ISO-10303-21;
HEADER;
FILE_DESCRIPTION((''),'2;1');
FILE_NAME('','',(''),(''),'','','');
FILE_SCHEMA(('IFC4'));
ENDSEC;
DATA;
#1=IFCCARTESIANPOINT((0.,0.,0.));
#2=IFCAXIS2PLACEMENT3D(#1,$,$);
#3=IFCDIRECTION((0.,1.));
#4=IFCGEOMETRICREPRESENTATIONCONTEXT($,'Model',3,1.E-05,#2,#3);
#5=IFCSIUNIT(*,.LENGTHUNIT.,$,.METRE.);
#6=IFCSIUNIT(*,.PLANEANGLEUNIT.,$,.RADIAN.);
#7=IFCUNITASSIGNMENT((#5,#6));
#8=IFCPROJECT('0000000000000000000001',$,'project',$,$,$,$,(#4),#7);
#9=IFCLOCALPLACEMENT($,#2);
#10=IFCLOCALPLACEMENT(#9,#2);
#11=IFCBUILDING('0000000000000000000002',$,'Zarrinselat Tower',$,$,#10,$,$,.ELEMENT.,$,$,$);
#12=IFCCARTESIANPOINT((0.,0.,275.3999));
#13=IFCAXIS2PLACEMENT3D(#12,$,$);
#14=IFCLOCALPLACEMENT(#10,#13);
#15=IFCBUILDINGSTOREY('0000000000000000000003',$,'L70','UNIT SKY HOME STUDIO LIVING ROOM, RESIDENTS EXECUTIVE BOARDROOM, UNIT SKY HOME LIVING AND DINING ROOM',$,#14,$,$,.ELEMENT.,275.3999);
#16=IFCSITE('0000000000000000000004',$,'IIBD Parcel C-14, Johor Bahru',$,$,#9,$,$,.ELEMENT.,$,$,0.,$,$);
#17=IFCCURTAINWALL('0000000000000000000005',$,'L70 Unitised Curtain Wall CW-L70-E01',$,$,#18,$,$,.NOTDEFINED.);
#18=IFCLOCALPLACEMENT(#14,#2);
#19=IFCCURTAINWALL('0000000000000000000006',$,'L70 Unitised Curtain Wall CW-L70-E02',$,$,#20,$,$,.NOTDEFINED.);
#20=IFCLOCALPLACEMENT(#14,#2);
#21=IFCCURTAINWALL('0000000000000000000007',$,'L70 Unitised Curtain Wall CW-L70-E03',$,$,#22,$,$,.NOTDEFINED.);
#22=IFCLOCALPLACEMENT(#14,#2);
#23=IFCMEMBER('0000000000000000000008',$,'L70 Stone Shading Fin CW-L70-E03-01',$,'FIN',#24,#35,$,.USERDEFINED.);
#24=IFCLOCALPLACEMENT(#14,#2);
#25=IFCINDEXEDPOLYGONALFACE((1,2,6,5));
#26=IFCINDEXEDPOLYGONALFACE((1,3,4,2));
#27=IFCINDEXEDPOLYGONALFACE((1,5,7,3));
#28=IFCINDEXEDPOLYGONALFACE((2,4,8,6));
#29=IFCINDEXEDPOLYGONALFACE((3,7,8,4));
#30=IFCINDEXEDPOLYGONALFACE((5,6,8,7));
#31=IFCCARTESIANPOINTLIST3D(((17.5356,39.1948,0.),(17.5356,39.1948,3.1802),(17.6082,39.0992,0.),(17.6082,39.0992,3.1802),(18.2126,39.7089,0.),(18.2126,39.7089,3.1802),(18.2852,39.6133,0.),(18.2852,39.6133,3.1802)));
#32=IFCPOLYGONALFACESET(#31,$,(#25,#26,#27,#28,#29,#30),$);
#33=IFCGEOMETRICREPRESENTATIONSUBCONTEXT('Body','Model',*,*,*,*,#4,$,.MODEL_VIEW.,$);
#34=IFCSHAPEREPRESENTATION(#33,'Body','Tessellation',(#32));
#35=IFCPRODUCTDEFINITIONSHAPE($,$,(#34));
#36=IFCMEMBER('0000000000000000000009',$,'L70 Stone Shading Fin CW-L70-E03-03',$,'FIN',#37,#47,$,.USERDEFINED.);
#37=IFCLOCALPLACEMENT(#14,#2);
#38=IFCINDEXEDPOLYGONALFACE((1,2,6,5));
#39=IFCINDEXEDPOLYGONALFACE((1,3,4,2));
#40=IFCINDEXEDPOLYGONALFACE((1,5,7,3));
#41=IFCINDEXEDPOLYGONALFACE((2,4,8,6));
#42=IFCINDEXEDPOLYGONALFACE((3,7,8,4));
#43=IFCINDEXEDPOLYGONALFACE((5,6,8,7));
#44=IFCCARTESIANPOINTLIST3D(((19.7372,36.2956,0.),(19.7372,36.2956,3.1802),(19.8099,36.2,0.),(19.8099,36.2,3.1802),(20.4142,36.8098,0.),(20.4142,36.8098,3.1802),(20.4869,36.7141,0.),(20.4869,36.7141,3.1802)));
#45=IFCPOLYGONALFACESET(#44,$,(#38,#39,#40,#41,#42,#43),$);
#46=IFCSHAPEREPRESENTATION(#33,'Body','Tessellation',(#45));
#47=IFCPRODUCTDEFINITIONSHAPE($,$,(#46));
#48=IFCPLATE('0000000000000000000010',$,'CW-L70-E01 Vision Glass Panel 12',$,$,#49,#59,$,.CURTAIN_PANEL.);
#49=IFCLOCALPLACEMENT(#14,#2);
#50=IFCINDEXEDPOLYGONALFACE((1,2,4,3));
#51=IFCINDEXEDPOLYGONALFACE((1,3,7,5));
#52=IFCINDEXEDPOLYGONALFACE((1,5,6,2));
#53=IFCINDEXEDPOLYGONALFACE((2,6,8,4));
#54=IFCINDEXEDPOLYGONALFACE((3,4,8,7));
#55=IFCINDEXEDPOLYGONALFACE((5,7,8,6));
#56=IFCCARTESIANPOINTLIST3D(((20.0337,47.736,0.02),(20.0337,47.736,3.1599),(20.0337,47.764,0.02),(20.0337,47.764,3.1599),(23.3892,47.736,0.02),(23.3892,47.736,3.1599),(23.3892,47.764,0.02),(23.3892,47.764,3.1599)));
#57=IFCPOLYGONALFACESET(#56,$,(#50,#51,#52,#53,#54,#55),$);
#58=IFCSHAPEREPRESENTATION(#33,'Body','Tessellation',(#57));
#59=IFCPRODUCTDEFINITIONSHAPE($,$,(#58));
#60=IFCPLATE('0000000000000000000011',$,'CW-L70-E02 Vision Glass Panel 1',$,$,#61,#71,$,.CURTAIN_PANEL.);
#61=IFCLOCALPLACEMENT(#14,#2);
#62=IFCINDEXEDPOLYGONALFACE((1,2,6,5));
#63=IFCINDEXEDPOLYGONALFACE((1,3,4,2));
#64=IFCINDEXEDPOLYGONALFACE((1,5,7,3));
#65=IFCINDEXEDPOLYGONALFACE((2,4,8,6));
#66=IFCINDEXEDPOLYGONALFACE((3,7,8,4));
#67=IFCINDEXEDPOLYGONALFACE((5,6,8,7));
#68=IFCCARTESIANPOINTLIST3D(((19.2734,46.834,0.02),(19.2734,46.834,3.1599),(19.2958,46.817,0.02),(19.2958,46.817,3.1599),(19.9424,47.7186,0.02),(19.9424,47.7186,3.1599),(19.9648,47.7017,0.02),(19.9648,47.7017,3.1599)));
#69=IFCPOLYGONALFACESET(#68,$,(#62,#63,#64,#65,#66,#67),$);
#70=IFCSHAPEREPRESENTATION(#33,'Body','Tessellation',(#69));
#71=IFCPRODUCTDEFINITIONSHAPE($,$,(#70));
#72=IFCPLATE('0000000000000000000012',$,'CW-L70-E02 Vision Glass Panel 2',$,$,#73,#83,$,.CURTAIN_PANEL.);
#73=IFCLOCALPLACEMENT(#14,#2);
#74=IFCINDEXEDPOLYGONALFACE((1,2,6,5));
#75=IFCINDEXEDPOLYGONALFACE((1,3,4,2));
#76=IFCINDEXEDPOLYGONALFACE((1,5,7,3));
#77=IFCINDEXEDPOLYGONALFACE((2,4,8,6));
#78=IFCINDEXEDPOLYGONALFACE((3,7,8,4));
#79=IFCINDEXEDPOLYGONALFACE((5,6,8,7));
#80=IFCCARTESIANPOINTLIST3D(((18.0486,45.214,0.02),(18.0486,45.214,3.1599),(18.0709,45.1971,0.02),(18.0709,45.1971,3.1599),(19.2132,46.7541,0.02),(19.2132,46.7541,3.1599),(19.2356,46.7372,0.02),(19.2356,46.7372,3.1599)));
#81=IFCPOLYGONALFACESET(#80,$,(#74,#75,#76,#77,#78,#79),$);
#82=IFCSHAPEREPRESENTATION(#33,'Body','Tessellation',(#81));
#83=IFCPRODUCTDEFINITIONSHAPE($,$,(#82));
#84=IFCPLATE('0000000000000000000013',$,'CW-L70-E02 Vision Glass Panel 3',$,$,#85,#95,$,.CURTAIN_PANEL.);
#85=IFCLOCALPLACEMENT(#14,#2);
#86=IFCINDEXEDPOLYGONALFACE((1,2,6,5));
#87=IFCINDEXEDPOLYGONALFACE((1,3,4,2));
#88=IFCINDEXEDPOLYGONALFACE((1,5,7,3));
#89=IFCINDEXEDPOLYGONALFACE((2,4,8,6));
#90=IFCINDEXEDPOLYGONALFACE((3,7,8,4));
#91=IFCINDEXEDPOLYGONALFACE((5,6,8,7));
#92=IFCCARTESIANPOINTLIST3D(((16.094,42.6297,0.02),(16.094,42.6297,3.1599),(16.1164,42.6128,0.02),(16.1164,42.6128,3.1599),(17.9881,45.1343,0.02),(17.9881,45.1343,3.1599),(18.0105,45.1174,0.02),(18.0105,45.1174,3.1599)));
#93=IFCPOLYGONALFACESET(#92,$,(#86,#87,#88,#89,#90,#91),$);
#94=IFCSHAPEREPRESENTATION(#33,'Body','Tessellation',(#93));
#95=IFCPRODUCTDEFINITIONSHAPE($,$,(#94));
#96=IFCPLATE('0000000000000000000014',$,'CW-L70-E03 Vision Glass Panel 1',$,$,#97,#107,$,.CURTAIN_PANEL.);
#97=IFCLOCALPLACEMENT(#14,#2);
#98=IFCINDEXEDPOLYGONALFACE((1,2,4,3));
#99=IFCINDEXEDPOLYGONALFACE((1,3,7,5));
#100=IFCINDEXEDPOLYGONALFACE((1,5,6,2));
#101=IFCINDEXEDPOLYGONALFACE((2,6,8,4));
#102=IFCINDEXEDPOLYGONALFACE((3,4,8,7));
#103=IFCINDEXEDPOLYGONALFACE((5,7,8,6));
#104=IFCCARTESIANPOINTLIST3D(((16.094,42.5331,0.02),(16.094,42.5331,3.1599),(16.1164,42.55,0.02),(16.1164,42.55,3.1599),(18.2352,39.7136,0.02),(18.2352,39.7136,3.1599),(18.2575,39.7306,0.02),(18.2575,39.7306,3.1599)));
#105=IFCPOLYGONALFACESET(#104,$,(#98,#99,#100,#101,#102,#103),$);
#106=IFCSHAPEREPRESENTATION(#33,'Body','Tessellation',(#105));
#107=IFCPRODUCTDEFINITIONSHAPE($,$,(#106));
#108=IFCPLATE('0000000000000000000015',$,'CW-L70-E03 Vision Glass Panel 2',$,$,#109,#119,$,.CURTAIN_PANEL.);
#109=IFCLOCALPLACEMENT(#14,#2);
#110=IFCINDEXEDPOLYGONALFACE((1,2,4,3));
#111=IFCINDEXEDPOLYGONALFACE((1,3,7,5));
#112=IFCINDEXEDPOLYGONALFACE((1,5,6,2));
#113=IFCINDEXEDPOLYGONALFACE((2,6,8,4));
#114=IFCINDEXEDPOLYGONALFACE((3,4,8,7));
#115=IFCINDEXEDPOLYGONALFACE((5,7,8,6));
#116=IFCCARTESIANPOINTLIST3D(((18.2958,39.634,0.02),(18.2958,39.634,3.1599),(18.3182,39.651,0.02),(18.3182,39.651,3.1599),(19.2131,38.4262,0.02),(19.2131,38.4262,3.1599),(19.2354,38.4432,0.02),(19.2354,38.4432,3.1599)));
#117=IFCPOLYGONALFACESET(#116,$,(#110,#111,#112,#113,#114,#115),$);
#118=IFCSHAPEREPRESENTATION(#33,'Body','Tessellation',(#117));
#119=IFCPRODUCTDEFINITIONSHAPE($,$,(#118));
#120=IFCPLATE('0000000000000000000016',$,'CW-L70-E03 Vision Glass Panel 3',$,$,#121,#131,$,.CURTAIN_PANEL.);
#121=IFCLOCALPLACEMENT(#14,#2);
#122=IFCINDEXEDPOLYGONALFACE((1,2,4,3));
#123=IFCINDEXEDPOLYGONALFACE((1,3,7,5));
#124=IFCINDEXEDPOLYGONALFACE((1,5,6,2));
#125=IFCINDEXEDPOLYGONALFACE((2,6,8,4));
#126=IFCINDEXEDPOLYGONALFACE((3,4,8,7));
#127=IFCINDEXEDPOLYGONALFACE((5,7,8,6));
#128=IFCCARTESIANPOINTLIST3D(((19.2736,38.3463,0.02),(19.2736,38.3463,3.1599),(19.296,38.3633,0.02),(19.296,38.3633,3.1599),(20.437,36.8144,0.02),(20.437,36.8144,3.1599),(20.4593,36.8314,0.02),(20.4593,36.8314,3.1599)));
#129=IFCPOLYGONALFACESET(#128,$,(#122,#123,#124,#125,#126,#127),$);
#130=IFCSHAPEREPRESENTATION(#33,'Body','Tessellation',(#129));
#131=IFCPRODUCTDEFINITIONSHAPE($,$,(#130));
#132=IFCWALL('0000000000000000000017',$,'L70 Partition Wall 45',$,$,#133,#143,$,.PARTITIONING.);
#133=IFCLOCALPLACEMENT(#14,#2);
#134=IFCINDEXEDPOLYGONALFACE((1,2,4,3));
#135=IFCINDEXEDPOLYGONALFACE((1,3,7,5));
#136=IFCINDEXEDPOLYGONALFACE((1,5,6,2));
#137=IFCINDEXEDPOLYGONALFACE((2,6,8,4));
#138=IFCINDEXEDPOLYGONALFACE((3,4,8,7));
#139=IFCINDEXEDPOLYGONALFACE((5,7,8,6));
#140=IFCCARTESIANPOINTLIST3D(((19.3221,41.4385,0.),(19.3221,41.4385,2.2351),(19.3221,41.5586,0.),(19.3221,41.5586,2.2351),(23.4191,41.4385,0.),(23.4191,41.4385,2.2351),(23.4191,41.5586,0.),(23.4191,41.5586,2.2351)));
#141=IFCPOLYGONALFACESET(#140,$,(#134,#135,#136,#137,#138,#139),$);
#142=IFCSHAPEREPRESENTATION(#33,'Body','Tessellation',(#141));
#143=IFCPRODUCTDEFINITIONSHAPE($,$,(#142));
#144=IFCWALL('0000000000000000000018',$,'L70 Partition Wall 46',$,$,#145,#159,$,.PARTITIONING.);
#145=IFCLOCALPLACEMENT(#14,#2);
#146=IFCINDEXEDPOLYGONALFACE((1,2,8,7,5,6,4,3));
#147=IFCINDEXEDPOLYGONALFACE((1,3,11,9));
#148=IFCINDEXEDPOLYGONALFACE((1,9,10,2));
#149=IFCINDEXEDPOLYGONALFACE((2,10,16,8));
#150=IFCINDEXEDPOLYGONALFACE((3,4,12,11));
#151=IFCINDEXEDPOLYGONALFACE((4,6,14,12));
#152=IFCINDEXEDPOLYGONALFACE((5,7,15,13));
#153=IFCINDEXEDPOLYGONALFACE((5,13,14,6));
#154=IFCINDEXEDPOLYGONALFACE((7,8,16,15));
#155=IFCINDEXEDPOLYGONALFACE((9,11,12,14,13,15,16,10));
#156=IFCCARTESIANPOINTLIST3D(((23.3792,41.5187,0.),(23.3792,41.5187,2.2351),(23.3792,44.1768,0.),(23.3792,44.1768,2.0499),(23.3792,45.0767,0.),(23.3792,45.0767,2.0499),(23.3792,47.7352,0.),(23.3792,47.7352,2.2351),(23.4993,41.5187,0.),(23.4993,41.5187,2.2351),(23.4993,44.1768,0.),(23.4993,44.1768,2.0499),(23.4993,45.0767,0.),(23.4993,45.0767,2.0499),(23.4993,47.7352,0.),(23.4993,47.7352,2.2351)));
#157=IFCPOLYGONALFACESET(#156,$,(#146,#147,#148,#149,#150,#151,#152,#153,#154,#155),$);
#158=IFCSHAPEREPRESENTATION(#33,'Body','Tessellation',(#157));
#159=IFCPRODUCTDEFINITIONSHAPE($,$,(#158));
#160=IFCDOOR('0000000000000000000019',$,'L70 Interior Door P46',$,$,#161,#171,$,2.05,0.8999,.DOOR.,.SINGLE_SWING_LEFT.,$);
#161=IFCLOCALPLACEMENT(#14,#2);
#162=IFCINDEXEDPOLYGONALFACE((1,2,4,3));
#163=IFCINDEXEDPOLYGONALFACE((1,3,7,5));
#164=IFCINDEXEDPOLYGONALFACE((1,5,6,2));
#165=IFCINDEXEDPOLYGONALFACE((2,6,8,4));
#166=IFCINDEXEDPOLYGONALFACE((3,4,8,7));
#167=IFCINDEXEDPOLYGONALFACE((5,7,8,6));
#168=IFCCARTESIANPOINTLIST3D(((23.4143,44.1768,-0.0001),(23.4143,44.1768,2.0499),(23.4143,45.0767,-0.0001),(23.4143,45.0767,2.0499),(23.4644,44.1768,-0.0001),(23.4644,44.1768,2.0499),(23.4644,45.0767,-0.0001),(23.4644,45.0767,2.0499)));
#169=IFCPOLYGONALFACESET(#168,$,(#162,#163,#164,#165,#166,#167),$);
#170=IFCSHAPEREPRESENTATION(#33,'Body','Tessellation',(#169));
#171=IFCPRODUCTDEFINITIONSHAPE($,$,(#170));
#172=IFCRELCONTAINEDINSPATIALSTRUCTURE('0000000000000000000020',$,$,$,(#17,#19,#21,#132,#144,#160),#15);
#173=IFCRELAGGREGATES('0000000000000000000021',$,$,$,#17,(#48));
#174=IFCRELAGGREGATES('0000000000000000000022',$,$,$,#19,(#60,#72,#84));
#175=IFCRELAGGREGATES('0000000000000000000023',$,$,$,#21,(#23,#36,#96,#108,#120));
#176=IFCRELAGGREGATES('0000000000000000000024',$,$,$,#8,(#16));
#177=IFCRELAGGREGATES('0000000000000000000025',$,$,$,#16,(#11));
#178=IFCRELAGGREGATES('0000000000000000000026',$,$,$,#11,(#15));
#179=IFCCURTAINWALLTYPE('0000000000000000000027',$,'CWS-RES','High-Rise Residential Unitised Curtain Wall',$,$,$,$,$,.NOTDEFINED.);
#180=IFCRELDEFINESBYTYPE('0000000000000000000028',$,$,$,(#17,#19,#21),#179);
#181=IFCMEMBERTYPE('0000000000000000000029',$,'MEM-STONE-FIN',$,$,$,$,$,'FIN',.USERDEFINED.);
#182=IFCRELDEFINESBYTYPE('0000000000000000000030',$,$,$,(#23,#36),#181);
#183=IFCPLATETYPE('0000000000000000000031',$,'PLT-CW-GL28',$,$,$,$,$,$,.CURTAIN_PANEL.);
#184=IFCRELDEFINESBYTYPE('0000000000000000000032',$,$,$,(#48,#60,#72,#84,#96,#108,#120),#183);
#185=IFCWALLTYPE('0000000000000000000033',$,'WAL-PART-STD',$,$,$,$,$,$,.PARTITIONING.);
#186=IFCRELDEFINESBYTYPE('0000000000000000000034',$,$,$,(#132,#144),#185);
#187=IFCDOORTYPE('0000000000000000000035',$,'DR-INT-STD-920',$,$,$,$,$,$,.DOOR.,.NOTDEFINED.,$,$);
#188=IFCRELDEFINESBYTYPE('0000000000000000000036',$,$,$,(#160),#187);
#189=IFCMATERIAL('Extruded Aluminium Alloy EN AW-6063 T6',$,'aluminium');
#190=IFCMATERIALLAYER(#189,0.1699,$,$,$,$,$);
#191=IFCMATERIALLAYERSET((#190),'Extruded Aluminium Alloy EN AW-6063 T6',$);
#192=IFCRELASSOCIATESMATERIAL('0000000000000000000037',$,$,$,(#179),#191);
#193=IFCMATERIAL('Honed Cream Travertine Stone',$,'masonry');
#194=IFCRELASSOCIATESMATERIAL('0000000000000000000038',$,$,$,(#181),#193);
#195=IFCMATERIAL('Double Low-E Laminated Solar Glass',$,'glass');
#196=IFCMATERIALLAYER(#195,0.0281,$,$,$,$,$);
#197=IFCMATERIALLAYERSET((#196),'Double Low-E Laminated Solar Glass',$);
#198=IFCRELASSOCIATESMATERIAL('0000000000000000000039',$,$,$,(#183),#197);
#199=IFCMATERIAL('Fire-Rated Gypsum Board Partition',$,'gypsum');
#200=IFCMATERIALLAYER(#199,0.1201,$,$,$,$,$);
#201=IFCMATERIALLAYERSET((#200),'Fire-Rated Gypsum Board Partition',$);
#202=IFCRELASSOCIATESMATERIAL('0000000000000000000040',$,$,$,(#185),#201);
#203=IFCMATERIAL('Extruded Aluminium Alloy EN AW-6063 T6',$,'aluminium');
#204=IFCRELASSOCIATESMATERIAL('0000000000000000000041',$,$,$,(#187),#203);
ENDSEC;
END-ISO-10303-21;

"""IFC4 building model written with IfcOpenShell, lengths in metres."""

from ifc_helpers import new_model, si_unit, direction, frame, frame_2d, origin, origin_2d, place, context, subcontext, project, spatial, rectangle, extrude, material, layer, layer_set, material_profile, profile_set, type_object, element, fill, aggregate, save


model = new_model("IFC4")

# Units and contexts
model_context = context("Model", 3, precision=1e-05, world=origin(), true_north=direction((0.0, 1.0)))
body_context = subcontext(model_context, "Body", "Model", "MODEL_VIEW")
ifc_project = project(units=[si_unit("LENGTHUNIT", "METRE"), si_unit("PLANEANGLEUNIT", "RADIAN")], contexts=[model_context])

# Site, building, storey
site_placement = place(None, origin())
site = spatial("IfcSite", under=ifc_project, at=site_placement, Name="IIBD Parcel C-14, Johor Bahru", CompositionType="ELEMENT", RefElevation=0.0)
building_placement = place(site_placement, origin())
building = spatial("IfcBuilding", under=site, at=building_placement, Name="Zarrinselat Tower", CompositionType="ELEMENT")
storey_placement = place(building_placement, frame((0.0, 0.0, 275.3999)))
storey = spatial("IfcBuildingStorey", under=building, at=storey_placement, Name="L70", Description="UNIT SKY HOME STUDIO LIVING ROOM, RESIDENTS EXECUTIVE BOARDROOM, UNIT SKY HOME LIVING AND DINING ROOM", CompositionType="ELEMENT", Elevation=275.3999)

# Curtain walls
ifc_material_1 = material(Name="Extruded Aluminium Alloy EN AW-6063 T6", Category="aluminium")
ifc_layer_1 = layer(ifc_material_1, 0.1699)
ifc_layer_set_1 = layer_set([ifc_layer_1], Name="Extruded Aluminium Alloy EN AW-6063 T6")
curtain_wall_type = type_object("IfcCurtainWallType", Name="CWS-RES", Description="High-Rise Residential Unitised Curtain Wall", PredefinedType="NOTDEFINED", material=ifc_layer_set_1)
curtain_wall_1_placement = place(storey_placement, origin())
curtain_wall_1 = element("IfcCurtainWall", 1, at=curtain_wall_1_placement, inside=storey, type_object=curtain_wall_type, Name="L70 Unitised Curtain Wall CW-L70-E01", PredefinedType="NOTDEFINED")
curtain_wall_2_placement = place(storey_placement, origin())
curtain_wall_2 = element("IfcCurtainWall", 2, at=curtain_wall_2_placement, inside=storey, type_object=curtain_wall_type, Name="L70 Unitised Curtain Wall CW-L70-E02", PredefinedType="NOTDEFINED")
curtain_wall_3_placement = place(storey_placement, origin())
curtain_wall_3 = element("IfcCurtainWall", 3, at=curtain_wall_3_placement, inside=storey, type_object=curtain_wall_type, Name="L70 Unitised Curtain Wall CW-L70-E03", PredefinedType="NOTDEFINED")

# Members
ifc_material_2 = material(Name="Honed Cream Travertine Stone", Category="masonry")
ifc_material_profile_1 = material_profile(ifc_material_2, rectangle(XDim=0.1201, YDim=0.8501, at=origin_2d()), Name="FIN 850x120")
ifc_profile_set_1 = profile_set([ifc_material_profile_1], Name="Honed Cream Travertine Stone")
member_type_1 = type_object("IfcMemberType", Name="MEM-STONE-FIN", ElementType="FIN", PredefinedType="USERDEFINED", material=ifc_profile_set_1)
member_1_placement = place(storey_placement, frame((17.9104, 39.4041, 0.0), z_axis=(0.0, 0.0, 1.0), x_axis=(-0.604788, 0.796387, 0.0)))
member_1 = element("IfcMember", 4, at=member_1_placement, type_object=member_type_1, Name="L70 Stone Shading Fin CW-L70-E03-01", ObjectType="FIN", PredefinedType="USERDEFINED", context=body_context, shape_type="SweptSolid", body=[
    extrude(rectangle(XDim=0.1201, YDim=0.8501, at=origin_2d()), origin(), (0.0, 0.0, 1.0), 3.1802),
])
member_2_placement = place(storey_placement, frame((20.1121, 36.5049, 0.0), z_axis=(0.0, 0.0, 1.0), x_axis=(-0.604788, 0.796387, 0.0)))
member_2 = element("IfcMember", 5, at=member_2_placement, type_object=member_type_1, Name="L70 Stone Shading Fin CW-L70-E03-03", ObjectType="FIN", PredefinedType="USERDEFINED", context=body_context, shape_type="SweptSolid", body=[
    extrude(rectangle(XDim=0.1201, YDim=0.8501, at=origin_2d()), origin(), (0.0, 0.0, 1.0), 3.1802),
])

# Plates
ifc_material_3 = material(Name="Double Low-E Laminated Solar Glass", Category="glass")
ifc_layer_2 = layer(ifc_material_3, 0.0281)
ifc_layer_set_2 = layer_set([ifc_layer_2], Name="Double Low-E Laminated Solar Glass")
plate_type = type_object("IfcPlateType", Name="PLT-CW-GL28", PredefinedType="CURTAIN_PANEL", material=ifc_layer_set_2)
plate_1_placement = place(storey_placement, frame((21.7114, 47.75, 0.02), z_axis=(0.0, 0.0, 1.0), x_axis=(-1.0, 0.0, 0.0)))
plate_1 = element("IfcPlate", 6, at=plate_1_placement, type_object=plate_type, Name="CW-L70-E01 Vision Glass Panel 12", PredefinedType="CURTAIN_PANEL", context=body_context, shape_type="SweptSolid", body=[
    extrude(rectangle(XDim=3.3555, YDim=0.0281, at=origin_2d()), origin(), (0.0, 0.0, 1.0), 3.1399),
])
aggregate(curtain_wall_1, [plate_1])
plate_2_placement = place(storey_placement, frame((19.6191, 47.2678, 0.02), z_axis=(0.0, 0.0, 1.0), x_axis=(-0.60318, -0.797605, 0.0)))
plate_2 = element("IfcPlate", 7, at=plate_2_placement, type_object=plate_type, Name="CW-L70-E02 Vision Glass Panel 1", PredefinedType="CURTAIN_PANEL", context=body_context, shape_type="SweptSolid", body=[
    extrude(rectangle(XDim=1.1091, YDim=0.0281, at=origin_2d()), origin(), (0.0, 0.0, 1.0), 3.1399),
])
plate_3_placement = place(storey_placement, frame((18.6421, 45.9756, 0.02), z_axis=(0.0, 0.0, 1.0), x_axis=(-0.60318, -0.797605, 0.0)))
plate_3 = element("IfcPlate", 8, at=plate_3_placement, type_object=plate_type, Name="CW-L70-E02 Vision Glass Panel 2", PredefinedType="CURTAIN_PANEL", context=body_context, shape_type="SweptSolid", body=[
    extrude(rectangle(XDim=1.9309, YDim=0.0281, at=origin_2d()), origin(), (0.0, 0.0, 1.0), 3.1399),
])
plate_4_placement = place(storey_placement, frame((17.0522, 43.8735, 0.02), z_axis=(0.0, 0.0, 1.0), x_axis=(-0.60318, -0.797605, 0.0)))
plate_4 = element("IfcPlate", 9, at=plate_4_placement, type_object=plate_type, Name="CW-L70-E02 Vision Glass Panel 3", PredefinedType="CURTAIN_PANEL", context=body_context, shape_type="SweptSolid", body=[
    extrude(rectangle(XDim=3.1401, YDim=0.0281, at=origin_2d()), origin(), (0.0, 0.0, 1.0), 3.1399),
])
aggregate(curtain_wall_2, [plate_2, plate_3, plate_4])
plate_5_placement = place(storey_placement, frame((17.1758, 41.1318, 0.02), z_axis=(0.0, 0.0, 1.0), x_axis=(0.604788, -0.796387, 0.0)))
plate_5 = element("IfcPlate", 10, at=plate_5_placement, type_object=plate_type, Name="CW-L70-E03 Vision Glass Panel 1", PredefinedType="CURTAIN_PANEL", context=body_context, shape_type="SweptSolid", body=[
    extrude(rectangle(XDim=3.5403, YDim=0.0281, at=origin_2d()), origin(), (0.0, 0.0, 1.0), 3.1399),
])
plate_6_placement = place(storey_placement, frame((18.7656, 39.0386, 0.02), z_axis=(0.0, 0.0, 1.0), x_axis=(0.604788, -0.796387, 0.0)))
plate_6 = element("IfcPlate", 11, at=plate_6_placement, type_object=plate_type, Name="CW-L70-E03 Vision Glass Panel 2", PredefinedType="CURTAIN_PANEL", context=body_context, shape_type="SweptSolid", body=[
    extrude(rectangle(XDim=1.5166, YDim=0.0281, at=origin_2d()), origin(), (0.0, 0.0, 1.0), 3.1399),
])
plate_7_placement = place(storey_placement, frame((19.8665, 37.5889, 0.02), z_axis=(0.0, 0.0, 1.0), x_axis=(0.604788, -0.796387, 0.0)))
plate_7 = element("IfcPlate", 12, at=plate_7_placement, type_object=plate_type, Name="CW-L70-E03 Vision Glass Panel 3", PredefinedType="CURTAIN_PANEL", context=body_context, shape_type="SweptSolid", body=[
    extrude(rectangle(XDim=1.9236, YDim=0.0281, at=origin_2d()), origin(), (0.0, 0.0, 1.0), 3.1399),
])
aggregate(curtain_wall_3, [member_1, member_2, plate_5, plate_6, plate_7])

# Wall
ifc_material_4 = material(Name="Fire-Rated Gypsum Board Partition", Category="gypsum")
ifc_layer_3 = layer(ifc_material_4, 0.1201)
ifc_layer_set_3 = layer_set([ifc_layer_3], Name="Fire-Rated Gypsum Board Partition")
wall_type_1 = type_object("IfcWallType", Name="WAL-PART-STD", PredefinedType="PARTITIONING", material=ifc_layer_set_3)
wall_1_placement = place(storey_placement, frame((19.3223, 41.4985, 0.0), z_axis=(0.0, 0.0, 1.0), x_axis=(1.0, 0.0, 0.0)))
element("IfcWall", 13, at=wall_1_placement, inside=storey, type_object=wall_type_1, Name="L70 Partition Wall 45", PredefinedType="PARTITIONING", context=body_context, shape_type="SweptSolid", body=[
    extrude(rectangle(XDim=4.0969, YDim=0.1201, at=frame_2d((2.0483, 0.0))), origin(), (0.0, 0.0, 1.0), 2.2351),
])

# Wall, opening, door
wall_2_placement = place(storey_placement, frame((23.4392, 41.5186, 0.0), z_axis=(0.0, 0.0, 1.0), x_axis=(0.0, 1.0, 0.0)))
wall_2 = element("IfcWall", 14, at=wall_2_placement, inside=storey, type_object=wall_type_1, Name="L70 Partition Wall 46", PredefinedType="PARTITIONING", context=body_context, shape_type="SweptSolid", body=[
    extrude(rectangle(XDim=6.2166, YDim=0.1201, at=frame_2d((3.1084, 0.0))), origin(), (0.0, 0.0, 1.0), 2.2351),
])
opening_1_placement = place(wall_2_placement, frame((2.6582, 0.0, 0.0)))
opening_1 = element("IfcOpeningElement", 15, at=opening_1_placement, cuts=wall_2, PredefinedType="OPENING", context=body_context, shape_type="SweptSolid", body=[
    extrude(rectangle(XDim=0.8999, YDim=2.05, at=frame_2d((0.45, 1.0249))), frame((0.0, 0.0701, 0.0), z_axis=(0.0, -1.0, 0.0), x_axis=(1.0, 0.0, 0.0)), (0.0, 0.0, 1.0), 0.1401),
])
ifc_material_5 = material(Name="Extruded Aluminium Alloy EN AW-6063 T6", Category="aluminium")
door_type_1 = type_object("IfcDoorType", Name="DR-INT-STD-920", OperationType="NOTDEFINED", PredefinedType="DOOR", material=ifc_material_5)
door_1_placement = place(opening_1_placement, origin())
door_1 = element("IfcDoor", 16, at=door_1_placement, inside=storey, type_object=door_type_1, Name="L70 Interior Door P46", OperationType="SINGLE_SWING_LEFT", OverallHeight=2.05, OverallWidth=0.8999, PredefinedType="DOOR", context=body_context, shape_type="SweptSolid", body=[
    extrude(rectangle(XDim=0.8999, YDim=2.05, at=frame_2d((0.45, 1.0249))), frame((0.0, 0.0249, 0.0), z_axis=(0.0, -1.0, 0.0), x_axis=(1.0, 0.0, 0.0)), (0.0, 0.0, 1.0), 0.05),
])
fill(opening_1, door_1)

save(model, "model.ifc")
